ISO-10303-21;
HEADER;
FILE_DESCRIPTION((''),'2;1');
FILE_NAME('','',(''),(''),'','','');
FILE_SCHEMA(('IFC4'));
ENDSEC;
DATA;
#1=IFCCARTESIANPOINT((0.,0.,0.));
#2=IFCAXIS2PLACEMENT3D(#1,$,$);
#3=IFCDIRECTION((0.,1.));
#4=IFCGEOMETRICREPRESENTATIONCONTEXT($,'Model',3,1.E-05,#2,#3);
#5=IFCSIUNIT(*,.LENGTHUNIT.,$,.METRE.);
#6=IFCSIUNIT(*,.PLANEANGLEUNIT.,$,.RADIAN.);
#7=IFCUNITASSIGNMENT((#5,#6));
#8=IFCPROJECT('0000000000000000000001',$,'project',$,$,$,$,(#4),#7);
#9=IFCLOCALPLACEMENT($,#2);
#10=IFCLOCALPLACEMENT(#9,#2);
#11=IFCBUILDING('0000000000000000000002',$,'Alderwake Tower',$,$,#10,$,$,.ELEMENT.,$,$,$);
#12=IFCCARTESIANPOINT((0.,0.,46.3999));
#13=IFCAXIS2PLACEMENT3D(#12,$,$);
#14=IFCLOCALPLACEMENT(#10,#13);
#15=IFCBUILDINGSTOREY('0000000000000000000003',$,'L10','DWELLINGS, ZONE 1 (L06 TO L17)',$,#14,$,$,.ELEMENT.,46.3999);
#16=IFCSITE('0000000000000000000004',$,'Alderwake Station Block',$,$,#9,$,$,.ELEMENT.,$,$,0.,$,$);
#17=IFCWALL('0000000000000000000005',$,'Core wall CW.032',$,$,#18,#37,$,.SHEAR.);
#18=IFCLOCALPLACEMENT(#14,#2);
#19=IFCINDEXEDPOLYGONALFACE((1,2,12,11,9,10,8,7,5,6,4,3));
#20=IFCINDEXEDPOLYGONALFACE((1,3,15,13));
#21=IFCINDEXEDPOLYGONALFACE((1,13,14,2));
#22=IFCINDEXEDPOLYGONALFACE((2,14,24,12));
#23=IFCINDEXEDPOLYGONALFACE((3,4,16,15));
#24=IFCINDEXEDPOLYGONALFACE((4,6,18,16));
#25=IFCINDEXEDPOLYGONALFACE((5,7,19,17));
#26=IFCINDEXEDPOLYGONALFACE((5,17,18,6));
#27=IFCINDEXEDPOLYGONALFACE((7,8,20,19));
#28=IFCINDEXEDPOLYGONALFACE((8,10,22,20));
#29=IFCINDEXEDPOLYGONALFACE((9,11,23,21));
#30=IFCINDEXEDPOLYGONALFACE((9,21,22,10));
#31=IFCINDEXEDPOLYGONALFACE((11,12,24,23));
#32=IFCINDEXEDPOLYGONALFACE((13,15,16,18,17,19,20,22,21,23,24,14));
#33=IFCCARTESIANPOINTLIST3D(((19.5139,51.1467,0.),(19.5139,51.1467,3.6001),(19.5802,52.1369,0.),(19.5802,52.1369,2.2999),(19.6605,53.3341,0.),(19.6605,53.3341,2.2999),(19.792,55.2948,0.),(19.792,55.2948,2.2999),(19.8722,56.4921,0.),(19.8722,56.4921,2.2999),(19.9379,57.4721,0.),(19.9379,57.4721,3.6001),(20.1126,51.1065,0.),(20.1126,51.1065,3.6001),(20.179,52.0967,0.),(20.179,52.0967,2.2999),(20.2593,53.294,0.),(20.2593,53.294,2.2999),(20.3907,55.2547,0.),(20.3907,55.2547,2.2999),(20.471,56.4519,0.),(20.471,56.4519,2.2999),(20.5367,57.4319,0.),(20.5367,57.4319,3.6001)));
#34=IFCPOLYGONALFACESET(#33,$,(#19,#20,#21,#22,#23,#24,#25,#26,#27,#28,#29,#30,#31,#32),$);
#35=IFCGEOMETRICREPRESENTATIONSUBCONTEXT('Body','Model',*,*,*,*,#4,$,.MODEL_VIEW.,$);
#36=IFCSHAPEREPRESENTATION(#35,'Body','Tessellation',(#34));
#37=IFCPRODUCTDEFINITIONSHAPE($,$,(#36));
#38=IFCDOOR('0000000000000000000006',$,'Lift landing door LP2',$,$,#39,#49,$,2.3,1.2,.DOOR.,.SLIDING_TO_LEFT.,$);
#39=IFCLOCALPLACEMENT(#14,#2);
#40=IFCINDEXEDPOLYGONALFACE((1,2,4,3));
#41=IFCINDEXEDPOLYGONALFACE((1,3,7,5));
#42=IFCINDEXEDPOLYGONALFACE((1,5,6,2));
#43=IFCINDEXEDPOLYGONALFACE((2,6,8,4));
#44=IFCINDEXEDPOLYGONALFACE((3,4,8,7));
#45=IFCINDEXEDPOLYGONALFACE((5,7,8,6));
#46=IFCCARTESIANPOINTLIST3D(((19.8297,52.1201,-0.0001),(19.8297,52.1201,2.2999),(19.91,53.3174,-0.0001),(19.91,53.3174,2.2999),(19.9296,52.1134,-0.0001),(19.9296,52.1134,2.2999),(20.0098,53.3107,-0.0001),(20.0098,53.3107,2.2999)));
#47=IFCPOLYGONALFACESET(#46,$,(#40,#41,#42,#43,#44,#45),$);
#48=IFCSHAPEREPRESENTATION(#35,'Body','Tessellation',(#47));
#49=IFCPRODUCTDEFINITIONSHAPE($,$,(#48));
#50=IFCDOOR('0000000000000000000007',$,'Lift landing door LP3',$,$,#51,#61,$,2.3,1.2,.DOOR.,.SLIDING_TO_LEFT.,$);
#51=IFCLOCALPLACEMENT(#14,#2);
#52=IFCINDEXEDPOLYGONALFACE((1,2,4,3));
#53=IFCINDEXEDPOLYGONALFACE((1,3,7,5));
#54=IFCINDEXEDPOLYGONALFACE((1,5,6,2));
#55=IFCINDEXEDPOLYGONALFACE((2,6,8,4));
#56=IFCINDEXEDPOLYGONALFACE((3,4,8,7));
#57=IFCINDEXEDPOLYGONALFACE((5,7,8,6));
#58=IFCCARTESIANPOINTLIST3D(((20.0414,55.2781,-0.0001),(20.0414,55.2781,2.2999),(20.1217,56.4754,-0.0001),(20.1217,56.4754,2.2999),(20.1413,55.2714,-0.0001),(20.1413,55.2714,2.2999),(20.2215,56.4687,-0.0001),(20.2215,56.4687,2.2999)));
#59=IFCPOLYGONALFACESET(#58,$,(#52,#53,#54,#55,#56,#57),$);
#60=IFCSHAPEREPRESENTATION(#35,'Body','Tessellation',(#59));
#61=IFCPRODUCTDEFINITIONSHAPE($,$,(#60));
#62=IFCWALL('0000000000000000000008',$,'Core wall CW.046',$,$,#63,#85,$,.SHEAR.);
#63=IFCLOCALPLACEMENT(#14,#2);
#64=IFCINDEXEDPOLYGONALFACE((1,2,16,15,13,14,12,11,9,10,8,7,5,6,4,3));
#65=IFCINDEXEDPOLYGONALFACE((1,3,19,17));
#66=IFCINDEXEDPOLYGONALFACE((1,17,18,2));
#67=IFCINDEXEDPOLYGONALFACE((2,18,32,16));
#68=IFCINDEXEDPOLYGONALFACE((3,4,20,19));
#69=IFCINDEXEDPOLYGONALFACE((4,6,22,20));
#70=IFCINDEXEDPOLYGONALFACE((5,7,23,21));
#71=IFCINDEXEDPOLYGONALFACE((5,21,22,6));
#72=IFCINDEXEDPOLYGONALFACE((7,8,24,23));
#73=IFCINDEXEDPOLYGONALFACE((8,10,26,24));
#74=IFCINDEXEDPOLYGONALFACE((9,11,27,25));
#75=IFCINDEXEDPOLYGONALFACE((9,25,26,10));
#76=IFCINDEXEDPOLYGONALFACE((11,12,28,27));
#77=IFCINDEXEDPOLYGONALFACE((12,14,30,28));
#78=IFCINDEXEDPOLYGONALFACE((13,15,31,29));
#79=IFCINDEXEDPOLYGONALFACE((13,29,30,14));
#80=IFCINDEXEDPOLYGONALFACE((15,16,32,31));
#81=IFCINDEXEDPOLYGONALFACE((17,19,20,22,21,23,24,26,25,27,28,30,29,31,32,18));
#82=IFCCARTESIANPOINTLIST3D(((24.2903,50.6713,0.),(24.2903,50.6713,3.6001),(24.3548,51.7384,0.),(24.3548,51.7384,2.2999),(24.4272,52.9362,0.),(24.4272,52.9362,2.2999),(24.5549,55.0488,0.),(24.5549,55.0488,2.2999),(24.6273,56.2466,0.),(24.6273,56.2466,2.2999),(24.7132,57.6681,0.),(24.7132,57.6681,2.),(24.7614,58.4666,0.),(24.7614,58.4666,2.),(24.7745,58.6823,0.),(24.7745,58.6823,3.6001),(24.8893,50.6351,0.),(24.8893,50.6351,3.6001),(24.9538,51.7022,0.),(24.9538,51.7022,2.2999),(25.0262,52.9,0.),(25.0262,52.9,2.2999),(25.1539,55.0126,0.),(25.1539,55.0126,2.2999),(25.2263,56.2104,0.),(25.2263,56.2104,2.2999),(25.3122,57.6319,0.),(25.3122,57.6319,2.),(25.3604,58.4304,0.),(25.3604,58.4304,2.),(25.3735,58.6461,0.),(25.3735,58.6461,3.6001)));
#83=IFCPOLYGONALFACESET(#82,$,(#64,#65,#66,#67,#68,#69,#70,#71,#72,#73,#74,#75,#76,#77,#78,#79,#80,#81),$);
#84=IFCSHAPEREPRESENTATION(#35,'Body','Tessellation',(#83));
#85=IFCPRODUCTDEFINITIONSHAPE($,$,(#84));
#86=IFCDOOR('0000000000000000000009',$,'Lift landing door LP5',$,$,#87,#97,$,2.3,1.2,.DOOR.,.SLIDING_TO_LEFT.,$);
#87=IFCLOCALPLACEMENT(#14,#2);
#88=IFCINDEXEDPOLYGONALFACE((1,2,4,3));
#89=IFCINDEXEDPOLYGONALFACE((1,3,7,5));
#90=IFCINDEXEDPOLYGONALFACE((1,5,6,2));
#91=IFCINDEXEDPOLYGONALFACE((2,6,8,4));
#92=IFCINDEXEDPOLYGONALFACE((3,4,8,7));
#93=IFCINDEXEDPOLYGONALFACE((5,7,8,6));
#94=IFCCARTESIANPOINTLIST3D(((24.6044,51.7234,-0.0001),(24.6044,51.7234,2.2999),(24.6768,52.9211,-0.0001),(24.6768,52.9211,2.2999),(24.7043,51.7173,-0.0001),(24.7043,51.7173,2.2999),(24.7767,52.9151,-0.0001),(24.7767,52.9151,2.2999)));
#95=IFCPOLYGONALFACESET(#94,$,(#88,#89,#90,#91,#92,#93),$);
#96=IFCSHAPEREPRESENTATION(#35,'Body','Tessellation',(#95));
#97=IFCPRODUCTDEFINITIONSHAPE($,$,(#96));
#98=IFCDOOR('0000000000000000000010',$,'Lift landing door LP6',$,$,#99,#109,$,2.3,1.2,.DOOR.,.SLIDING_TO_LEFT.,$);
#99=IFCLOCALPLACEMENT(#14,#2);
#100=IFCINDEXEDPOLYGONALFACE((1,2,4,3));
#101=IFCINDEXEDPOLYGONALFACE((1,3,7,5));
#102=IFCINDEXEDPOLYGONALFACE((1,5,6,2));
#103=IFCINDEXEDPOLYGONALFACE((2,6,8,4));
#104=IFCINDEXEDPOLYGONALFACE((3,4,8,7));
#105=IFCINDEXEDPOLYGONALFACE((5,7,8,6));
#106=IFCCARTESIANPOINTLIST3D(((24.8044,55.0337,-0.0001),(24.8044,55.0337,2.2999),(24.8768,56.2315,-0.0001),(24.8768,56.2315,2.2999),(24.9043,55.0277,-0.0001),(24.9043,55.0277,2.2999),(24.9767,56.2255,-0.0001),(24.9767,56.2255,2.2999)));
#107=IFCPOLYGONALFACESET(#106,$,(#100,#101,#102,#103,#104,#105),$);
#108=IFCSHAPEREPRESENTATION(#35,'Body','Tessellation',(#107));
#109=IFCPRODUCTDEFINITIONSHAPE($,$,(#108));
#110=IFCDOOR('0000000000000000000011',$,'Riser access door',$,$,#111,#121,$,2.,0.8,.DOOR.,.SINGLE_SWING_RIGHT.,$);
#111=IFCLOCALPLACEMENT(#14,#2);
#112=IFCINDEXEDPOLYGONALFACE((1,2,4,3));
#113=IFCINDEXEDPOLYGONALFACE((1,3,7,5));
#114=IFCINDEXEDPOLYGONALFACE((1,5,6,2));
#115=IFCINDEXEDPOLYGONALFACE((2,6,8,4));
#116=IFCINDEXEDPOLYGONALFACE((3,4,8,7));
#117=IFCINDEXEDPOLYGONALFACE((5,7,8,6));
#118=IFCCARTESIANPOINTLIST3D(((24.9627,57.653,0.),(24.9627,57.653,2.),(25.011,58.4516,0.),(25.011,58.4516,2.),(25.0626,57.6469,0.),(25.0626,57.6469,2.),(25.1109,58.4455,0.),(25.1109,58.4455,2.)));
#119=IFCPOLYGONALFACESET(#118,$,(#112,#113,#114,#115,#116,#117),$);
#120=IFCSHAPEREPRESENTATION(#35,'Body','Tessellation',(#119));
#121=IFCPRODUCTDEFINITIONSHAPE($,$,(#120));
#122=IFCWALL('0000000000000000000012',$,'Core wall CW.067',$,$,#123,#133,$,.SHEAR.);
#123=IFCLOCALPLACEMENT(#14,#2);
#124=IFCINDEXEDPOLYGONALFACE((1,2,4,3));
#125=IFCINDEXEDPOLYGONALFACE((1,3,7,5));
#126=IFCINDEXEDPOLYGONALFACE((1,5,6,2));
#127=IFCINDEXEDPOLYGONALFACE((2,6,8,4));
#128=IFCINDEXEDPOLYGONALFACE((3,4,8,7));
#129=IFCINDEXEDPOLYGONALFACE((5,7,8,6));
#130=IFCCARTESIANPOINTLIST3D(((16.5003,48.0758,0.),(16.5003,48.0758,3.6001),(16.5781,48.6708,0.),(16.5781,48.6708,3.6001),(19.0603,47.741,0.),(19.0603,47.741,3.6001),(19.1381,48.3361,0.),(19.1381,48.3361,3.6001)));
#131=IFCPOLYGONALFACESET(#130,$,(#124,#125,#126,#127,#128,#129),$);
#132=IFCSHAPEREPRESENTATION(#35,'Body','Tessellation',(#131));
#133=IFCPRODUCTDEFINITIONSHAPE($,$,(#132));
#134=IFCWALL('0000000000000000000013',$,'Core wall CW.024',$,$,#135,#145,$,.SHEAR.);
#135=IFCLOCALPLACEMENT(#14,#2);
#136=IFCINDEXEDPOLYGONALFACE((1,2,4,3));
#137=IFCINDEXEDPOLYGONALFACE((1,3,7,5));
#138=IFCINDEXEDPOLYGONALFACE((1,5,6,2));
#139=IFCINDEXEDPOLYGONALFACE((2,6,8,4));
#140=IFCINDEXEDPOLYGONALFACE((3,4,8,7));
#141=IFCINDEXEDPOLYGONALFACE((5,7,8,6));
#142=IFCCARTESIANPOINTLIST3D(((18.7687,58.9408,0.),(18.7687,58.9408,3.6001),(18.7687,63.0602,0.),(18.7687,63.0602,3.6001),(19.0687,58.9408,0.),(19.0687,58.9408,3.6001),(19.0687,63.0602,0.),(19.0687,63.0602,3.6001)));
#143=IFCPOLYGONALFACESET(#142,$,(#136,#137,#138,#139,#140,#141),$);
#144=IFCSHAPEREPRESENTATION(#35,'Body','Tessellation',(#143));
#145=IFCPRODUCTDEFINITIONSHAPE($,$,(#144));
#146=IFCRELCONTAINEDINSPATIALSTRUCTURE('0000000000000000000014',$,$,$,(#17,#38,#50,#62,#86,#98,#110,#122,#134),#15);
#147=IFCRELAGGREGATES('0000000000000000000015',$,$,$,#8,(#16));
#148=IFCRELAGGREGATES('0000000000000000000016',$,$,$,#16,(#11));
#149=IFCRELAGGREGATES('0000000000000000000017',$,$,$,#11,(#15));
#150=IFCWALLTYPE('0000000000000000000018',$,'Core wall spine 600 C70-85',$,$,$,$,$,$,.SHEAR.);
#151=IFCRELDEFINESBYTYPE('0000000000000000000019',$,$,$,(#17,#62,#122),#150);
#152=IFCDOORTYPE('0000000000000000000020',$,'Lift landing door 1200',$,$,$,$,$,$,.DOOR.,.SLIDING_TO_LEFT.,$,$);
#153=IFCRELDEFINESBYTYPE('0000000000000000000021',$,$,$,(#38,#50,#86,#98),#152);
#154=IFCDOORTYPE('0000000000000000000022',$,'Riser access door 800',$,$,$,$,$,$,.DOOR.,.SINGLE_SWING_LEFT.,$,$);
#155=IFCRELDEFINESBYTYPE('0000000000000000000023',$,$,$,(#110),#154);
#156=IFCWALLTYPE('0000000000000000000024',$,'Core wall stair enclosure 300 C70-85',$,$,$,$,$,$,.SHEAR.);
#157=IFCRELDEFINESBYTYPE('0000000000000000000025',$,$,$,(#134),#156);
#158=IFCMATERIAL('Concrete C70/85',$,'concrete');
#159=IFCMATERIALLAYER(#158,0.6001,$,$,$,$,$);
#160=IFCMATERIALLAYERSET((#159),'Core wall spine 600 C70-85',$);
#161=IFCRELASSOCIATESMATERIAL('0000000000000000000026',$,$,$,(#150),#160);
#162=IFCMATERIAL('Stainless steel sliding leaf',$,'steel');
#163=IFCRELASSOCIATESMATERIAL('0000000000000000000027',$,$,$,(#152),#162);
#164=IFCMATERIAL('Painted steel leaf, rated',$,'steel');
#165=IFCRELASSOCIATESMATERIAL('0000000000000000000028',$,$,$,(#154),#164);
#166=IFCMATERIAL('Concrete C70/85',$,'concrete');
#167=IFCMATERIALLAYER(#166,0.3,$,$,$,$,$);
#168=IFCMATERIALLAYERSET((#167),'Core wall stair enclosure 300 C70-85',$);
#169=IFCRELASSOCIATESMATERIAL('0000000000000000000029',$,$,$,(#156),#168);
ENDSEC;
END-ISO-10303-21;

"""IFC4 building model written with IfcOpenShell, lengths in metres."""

from ifc_helpers import new_model, si_unit, direction, frame, frame_2d, origin, place, context, subcontext, project, spatial, rectangle, extrude, material, layer, layer_set, type_object, element, fill, save


model = new_model("IFC4")

# Units and contexts
model_context = context("Model", 3, precision=1e-05, world=origin(), true_north=direction((0.0, 1.0)))
body_context = subcontext(model_context, "Body", "Model", "MODEL_VIEW")
ifc_project = project(units=[si_unit("LENGTHUNIT", "METRE"), si_unit("PLANEANGLEUNIT", "RADIAN")], contexts=[model_context])

# Site, building, storey
site_placement = place(None, origin())
site = spatial("IfcSite", under=ifc_project, at=site_placement, Name="Alderwake Station Block", CompositionType="ELEMENT", RefElevation=0.0)
building_placement = place(site_placement, origin())
building = spatial("IfcBuilding", under=site, at=building_placement, Name="Alderwake Tower", CompositionType="ELEMENT")
storey_placement = place(building_placement, frame((0.0, 0.0, 46.3999)))
storey = spatial("IfcBuildingStorey", under=building, at=storey_placement, Name="L10", Description="DWELLINGS, ZONE 1 (L06 TO L17)", CompositionType="ELEMENT", Elevation=46.3999)

# Walls, openings, doors
ifc_material_1 = material(Name="Concrete C70/85", Category="concrete")
ifc_layer_1 = layer(ifc_material_1, 0.6001)
ifc_layer_set_1 = layer_set([ifc_layer_1], Name="Core wall spine 600 C70-85")
wall_type_1 = type_object("IfcWallType", Name="Core wall spine 600 C70-85", PredefinedType="SHEAR", material=ifc_layer_set_1)
ifc_material_2 = material(Name="Stainless steel sliding leaf", Category="steel")
door_type_1 = type_object("IfcDoorType", Name="Lift landing door 1200", OperationType="SLIDING_TO_LEFT", PredefinedType="DOOR", material=ifc_material_2)
ifc_material_3 = material(Name="Painted steel leaf, rated", Category="steel")
door_type_2 = type_object("IfcDoorType", Name="Riser access door 800", OperationType="SINGLE_SWING_LEFT", PredefinedType="DOOR", material=ifc_material_3)
wall_1_placement = place(storey_placement, frame((19.8132, 51.1265, 0.0), z_axis=(0.0, 0.0, 1.0), x_axis=(0.066892, 0.99776, 0.0)))
wall_1 = element("IfcWall", 1, at=wall_1_placement, inside=storey, type_object=wall_type_1, Name="Core wall CW.032", PredefinedType="SHEAR", context=body_context, shape_type="SweptSolid", body=[
    extrude(rectangle(XDim=6.3396, YDim=0.6001, at=frame_2d((3.1699, 0.0))), origin(), (0.0, 0.0, 1.0), 3.6001),
])
opening_1_placement = place(wall_1_placement, frame((0.9924, 0.0, 0.0)))
opening_1 = element("IfcOpeningElement", 2, at=opening_1_placement, cuts=wall_1, PredefinedType="OPENING", context=body_context, shape_type="SweptSolid", body=[
    extrude(rectangle(XDim=1.2, YDim=2.3, at=frame_2d((0.6001, 1.1499))), frame((0.0, 0.3101, 0.0), z_axis=(0.0, -1.0, 0.0), x_axis=(1.0, 0.0, 0.0)), (0.0, 0.0, 1.0), 0.6201),
])
opening_2_placement = place(wall_1_placement, frame((4.1575, 0.0, 0.0)))
opening_2 = element("IfcOpeningElement", 3, at=opening_2_placement, cuts=wall_1, PredefinedType="OPENING", context=body_context, shape_type="SweptSolid", body=[
    extrude(rectangle(XDim=1.2, YDim=2.3, at=frame_2d((0.6001, 1.1499))), frame((0.0, 0.3101, 0.0), z_axis=(0.0, -1.0, 0.0), x_axis=(1.0, 0.0, 0.0)), (0.0, 0.0, 1.0), 0.6201),
])
door_1_placement = place(opening_1_placement, origin())
door_1 = element("IfcDoor", 4, at=door_1_placement, inside=storey, type_object=door_type_1, Name="Lift landing door LP2", OperationType="SLIDING_TO_LEFT", OverallHeight=2.3, OverallWidth=1.2, PredefinedType="DOOR", context=body_context, shape_type="SweptSolid", body=[
    extrude(rectangle(XDim=1.2, YDim=2.3, at=frame_2d((0.6001, 1.1499))), frame((0.0, 0.05, 0.0), z_axis=(0.0, -1.0, 0.0), x_axis=(1.0, 0.0, 0.0)), (0.0, 0.0, 1.0), 0.1001),
])
fill(opening_1, door_1)
door_2_placement = place(opening_2_placement, origin())
door_2 = element("IfcDoor", 5, at=door_2_placement, inside=storey, type_object=door_type_1, Name="Lift landing door LP3", OperationType="SLIDING_TO_LEFT", OverallHeight=2.3, OverallWidth=1.2, PredefinedType="DOOR", context=body_context, shape_type="SweptSolid", body=[
    extrude(rectangle(XDim=1.2, YDim=2.3, at=frame_2d((0.6001, 1.1499))), frame((0.0, 0.05, 0.0), z_axis=(0.0, -1.0, 0.0), x_axis=(1.0, 0.0, 0.0)), (0.0, 0.0, 1.0), 0.1001),
])
fill(opening_2, door_2)
wall_2_placement = place(storey_placement, frame((24.5898, 50.6533, 0.0), z_axis=(0.0, 0.0, 1.0), x_axis=(0.060323, 0.998179, 0.0)))
wall_2 = element("IfcWall", 6, at=wall_2_placement, inside=storey, type_object=wall_type_1, Name="Core wall CW.046", PredefinedType="SHEAR", context=body_context, shape_type="SweptSolid", body=[
    extrude(rectangle(XDim=8.0256, YDim=0.6001, at=frame_2d((4.0127, 0.0))), origin(), (0.0, 0.0, 1.0), 3.6001),
])
opening_3_placement = place(wall_2_placement, frame((1.0688, 0.0, 0.0)))
opening_3 = element("IfcOpeningElement", 7, at=opening_3_placement, cuts=wall_2, PredefinedType="OPENING", context=body_context, shape_type="SweptSolid", body=[
    extrude(rectangle(XDim=1.2, YDim=2.3, at=frame_2d((0.6001, 1.1499))), frame((0.0, 0.3101, 0.0), z_axis=(0.0, -1.0, 0.0), x_axis=(1.0, 0.0, 0.0)), (0.0, 0.0, 1.0), 0.6201),
])
opening_4_placement = place(wall_2_placement, frame((4.3853, 0.0, 0.0)))
opening_4 = element("IfcOpeningElement", 8, at=opening_4_placement, cuts=wall_2, PredefinedType="OPENING", context=body_context, shape_type="SweptSolid", body=[
    extrude(rectangle(XDim=1.2, YDim=2.3, at=frame_2d((0.6001, 1.1499))), frame((0.0, 0.3101, 0.0), z_axis=(0.0, -1.0, 0.0), x_axis=(1.0, 0.0, 0.0)), (0.0, 0.0, 1.0), 0.6201),
])
opening_5_placement = place(wall_2_placement, frame((7.0095, 0.0, 0.0)))
opening_5 = element("IfcOpeningElement", 9, at=opening_5_placement, cuts=wall_2, PredefinedType="OPENING", context=body_context, shape_type="SweptSolid", body=[
    extrude(rectangle(XDim=0.8, YDim=2.0, at=frame_2d((0.3999, 1.0))), frame((0.0, 0.3101, 0.0), z_axis=(0.0, -1.0, 0.0), x_axis=(1.0, 0.0, 0.0)), (0.0, 0.0, 1.0), 0.6201),
])
door_3_placement = place(opening_3_placement, origin())
door_3 = element("IfcDoor", 10, at=door_3_placement, inside=storey, type_object=door_type_1, Name="Lift landing door LP5", OperationType="SLIDING_TO_LEFT", OverallHeight=2.3, OverallWidth=1.2, PredefinedType="DOOR", context=body_context, shape_type="SweptSolid", body=[
    extrude(rectangle(XDim=1.2, YDim=2.3, at=frame_2d((0.6001, 1.1499))), frame((0.0, 0.05, 0.0), z_axis=(0.0, -1.0, 0.0), x_axis=(1.0, 0.0, 0.0)), (0.0, 0.0, 1.0), 0.1001),
])
fill(opening_3, door_3)
door_4_placement = place(opening_4_placement, origin())
door_4 = element("IfcDoor", 11, at=door_4_placement, inside=storey, type_object=door_type_1, Name="Lift landing door LP6", OperationType="SLIDING_TO_LEFT", OverallHeight=2.3, OverallWidth=1.2, PredefinedType="DOOR", context=body_context, shape_type="SweptSolid", body=[
    extrude(rectangle(XDim=1.2, YDim=2.3, at=frame_2d((0.6001, 1.1499))), frame((0.0, 0.05, 0.0), z_axis=(0.0, -1.0, 0.0), x_axis=(1.0, 0.0, 0.0)), (0.0, 0.0, 1.0), 0.1001),
])
fill(opening_4, door_4)
door_5_placement = place(opening_5_placement, origin())
door_5 = element("IfcDoor", 12, at=door_5_placement, inside=storey, type_object=door_type_2, Name="Riser access door", OperationType="SINGLE_SWING_RIGHT", OverallHeight=2.0, OverallWidth=0.8, PredefinedType="DOOR", context=body_context, shape_type="SweptSolid", body=[
    extrude(rectangle(XDim=0.8, YDim=2.0, at=frame_2d((0.3999, 1.0))), frame((0.0, 0.05, 0.0), z_axis=(0.0, -1.0, 0.0), x_axis=(1.0, 0.0, 0.0)), (0.0, 0.0, 1.0), 0.1001),
])
fill(opening_5, door_5)

# Walls
wall_3_placement = place(storey_placement, frame((16.5391, 48.3733, 0.0), z_axis=(0.0, 0.0, 1.0), x_axis=(0.991561, -0.129642, 0.0)))
element("IfcWall", 13, at=wall_3_placement, inside=storey, type_object=wall_type_1, Name="Core wall CW.067", PredefinedType="SHEAR", context=body_context, shape_type="SweptSolid", body=[
    extrude(rectangle(XDim=2.5818, YDim=0.6001, at=frame_2d((1.291, 0.0))), origin(), (0.0, 0.0, 1.0), 3.6001),
])
ifc_material_4 = material(Name="Concrete C70/85", Category="concrete")
ifc_layer_2 = layer(ifc_material_4, 0.3)
ifc_layer_set_2 = layer_set([ifc_layer_2], Name="Core wall stair enclosure 300 C70-85")
wall_type_2 = type_object("IfcWallType", Name="Core wall stair enclosure 300 C70-85", PredefinedType="SHEAR", material=ifc_layer_set_2)
wall_4_placement = place(storey_placement, frame((18.9187, 58.9409, 0.0), z_axis=(0.0, 0.0, 1.0), x_axis=(0.0, 1.0, 0.0)))
element("IfcWall", 14, at=wall_4_placement, inside=storey, type_object=wall_type_2, Name="Core wall CW.024", PredefinedType="SHEAR", context=body_context, shape_type="SweptSolid", body=[
    extrude(rectangle(XDim=4.1194, YDim=0.3, at=frame_2d((2.0596, 0.0))), origin(), (0.0, 0.0, 1.0), 3.6001),
])

save(model, "model.ifc")
